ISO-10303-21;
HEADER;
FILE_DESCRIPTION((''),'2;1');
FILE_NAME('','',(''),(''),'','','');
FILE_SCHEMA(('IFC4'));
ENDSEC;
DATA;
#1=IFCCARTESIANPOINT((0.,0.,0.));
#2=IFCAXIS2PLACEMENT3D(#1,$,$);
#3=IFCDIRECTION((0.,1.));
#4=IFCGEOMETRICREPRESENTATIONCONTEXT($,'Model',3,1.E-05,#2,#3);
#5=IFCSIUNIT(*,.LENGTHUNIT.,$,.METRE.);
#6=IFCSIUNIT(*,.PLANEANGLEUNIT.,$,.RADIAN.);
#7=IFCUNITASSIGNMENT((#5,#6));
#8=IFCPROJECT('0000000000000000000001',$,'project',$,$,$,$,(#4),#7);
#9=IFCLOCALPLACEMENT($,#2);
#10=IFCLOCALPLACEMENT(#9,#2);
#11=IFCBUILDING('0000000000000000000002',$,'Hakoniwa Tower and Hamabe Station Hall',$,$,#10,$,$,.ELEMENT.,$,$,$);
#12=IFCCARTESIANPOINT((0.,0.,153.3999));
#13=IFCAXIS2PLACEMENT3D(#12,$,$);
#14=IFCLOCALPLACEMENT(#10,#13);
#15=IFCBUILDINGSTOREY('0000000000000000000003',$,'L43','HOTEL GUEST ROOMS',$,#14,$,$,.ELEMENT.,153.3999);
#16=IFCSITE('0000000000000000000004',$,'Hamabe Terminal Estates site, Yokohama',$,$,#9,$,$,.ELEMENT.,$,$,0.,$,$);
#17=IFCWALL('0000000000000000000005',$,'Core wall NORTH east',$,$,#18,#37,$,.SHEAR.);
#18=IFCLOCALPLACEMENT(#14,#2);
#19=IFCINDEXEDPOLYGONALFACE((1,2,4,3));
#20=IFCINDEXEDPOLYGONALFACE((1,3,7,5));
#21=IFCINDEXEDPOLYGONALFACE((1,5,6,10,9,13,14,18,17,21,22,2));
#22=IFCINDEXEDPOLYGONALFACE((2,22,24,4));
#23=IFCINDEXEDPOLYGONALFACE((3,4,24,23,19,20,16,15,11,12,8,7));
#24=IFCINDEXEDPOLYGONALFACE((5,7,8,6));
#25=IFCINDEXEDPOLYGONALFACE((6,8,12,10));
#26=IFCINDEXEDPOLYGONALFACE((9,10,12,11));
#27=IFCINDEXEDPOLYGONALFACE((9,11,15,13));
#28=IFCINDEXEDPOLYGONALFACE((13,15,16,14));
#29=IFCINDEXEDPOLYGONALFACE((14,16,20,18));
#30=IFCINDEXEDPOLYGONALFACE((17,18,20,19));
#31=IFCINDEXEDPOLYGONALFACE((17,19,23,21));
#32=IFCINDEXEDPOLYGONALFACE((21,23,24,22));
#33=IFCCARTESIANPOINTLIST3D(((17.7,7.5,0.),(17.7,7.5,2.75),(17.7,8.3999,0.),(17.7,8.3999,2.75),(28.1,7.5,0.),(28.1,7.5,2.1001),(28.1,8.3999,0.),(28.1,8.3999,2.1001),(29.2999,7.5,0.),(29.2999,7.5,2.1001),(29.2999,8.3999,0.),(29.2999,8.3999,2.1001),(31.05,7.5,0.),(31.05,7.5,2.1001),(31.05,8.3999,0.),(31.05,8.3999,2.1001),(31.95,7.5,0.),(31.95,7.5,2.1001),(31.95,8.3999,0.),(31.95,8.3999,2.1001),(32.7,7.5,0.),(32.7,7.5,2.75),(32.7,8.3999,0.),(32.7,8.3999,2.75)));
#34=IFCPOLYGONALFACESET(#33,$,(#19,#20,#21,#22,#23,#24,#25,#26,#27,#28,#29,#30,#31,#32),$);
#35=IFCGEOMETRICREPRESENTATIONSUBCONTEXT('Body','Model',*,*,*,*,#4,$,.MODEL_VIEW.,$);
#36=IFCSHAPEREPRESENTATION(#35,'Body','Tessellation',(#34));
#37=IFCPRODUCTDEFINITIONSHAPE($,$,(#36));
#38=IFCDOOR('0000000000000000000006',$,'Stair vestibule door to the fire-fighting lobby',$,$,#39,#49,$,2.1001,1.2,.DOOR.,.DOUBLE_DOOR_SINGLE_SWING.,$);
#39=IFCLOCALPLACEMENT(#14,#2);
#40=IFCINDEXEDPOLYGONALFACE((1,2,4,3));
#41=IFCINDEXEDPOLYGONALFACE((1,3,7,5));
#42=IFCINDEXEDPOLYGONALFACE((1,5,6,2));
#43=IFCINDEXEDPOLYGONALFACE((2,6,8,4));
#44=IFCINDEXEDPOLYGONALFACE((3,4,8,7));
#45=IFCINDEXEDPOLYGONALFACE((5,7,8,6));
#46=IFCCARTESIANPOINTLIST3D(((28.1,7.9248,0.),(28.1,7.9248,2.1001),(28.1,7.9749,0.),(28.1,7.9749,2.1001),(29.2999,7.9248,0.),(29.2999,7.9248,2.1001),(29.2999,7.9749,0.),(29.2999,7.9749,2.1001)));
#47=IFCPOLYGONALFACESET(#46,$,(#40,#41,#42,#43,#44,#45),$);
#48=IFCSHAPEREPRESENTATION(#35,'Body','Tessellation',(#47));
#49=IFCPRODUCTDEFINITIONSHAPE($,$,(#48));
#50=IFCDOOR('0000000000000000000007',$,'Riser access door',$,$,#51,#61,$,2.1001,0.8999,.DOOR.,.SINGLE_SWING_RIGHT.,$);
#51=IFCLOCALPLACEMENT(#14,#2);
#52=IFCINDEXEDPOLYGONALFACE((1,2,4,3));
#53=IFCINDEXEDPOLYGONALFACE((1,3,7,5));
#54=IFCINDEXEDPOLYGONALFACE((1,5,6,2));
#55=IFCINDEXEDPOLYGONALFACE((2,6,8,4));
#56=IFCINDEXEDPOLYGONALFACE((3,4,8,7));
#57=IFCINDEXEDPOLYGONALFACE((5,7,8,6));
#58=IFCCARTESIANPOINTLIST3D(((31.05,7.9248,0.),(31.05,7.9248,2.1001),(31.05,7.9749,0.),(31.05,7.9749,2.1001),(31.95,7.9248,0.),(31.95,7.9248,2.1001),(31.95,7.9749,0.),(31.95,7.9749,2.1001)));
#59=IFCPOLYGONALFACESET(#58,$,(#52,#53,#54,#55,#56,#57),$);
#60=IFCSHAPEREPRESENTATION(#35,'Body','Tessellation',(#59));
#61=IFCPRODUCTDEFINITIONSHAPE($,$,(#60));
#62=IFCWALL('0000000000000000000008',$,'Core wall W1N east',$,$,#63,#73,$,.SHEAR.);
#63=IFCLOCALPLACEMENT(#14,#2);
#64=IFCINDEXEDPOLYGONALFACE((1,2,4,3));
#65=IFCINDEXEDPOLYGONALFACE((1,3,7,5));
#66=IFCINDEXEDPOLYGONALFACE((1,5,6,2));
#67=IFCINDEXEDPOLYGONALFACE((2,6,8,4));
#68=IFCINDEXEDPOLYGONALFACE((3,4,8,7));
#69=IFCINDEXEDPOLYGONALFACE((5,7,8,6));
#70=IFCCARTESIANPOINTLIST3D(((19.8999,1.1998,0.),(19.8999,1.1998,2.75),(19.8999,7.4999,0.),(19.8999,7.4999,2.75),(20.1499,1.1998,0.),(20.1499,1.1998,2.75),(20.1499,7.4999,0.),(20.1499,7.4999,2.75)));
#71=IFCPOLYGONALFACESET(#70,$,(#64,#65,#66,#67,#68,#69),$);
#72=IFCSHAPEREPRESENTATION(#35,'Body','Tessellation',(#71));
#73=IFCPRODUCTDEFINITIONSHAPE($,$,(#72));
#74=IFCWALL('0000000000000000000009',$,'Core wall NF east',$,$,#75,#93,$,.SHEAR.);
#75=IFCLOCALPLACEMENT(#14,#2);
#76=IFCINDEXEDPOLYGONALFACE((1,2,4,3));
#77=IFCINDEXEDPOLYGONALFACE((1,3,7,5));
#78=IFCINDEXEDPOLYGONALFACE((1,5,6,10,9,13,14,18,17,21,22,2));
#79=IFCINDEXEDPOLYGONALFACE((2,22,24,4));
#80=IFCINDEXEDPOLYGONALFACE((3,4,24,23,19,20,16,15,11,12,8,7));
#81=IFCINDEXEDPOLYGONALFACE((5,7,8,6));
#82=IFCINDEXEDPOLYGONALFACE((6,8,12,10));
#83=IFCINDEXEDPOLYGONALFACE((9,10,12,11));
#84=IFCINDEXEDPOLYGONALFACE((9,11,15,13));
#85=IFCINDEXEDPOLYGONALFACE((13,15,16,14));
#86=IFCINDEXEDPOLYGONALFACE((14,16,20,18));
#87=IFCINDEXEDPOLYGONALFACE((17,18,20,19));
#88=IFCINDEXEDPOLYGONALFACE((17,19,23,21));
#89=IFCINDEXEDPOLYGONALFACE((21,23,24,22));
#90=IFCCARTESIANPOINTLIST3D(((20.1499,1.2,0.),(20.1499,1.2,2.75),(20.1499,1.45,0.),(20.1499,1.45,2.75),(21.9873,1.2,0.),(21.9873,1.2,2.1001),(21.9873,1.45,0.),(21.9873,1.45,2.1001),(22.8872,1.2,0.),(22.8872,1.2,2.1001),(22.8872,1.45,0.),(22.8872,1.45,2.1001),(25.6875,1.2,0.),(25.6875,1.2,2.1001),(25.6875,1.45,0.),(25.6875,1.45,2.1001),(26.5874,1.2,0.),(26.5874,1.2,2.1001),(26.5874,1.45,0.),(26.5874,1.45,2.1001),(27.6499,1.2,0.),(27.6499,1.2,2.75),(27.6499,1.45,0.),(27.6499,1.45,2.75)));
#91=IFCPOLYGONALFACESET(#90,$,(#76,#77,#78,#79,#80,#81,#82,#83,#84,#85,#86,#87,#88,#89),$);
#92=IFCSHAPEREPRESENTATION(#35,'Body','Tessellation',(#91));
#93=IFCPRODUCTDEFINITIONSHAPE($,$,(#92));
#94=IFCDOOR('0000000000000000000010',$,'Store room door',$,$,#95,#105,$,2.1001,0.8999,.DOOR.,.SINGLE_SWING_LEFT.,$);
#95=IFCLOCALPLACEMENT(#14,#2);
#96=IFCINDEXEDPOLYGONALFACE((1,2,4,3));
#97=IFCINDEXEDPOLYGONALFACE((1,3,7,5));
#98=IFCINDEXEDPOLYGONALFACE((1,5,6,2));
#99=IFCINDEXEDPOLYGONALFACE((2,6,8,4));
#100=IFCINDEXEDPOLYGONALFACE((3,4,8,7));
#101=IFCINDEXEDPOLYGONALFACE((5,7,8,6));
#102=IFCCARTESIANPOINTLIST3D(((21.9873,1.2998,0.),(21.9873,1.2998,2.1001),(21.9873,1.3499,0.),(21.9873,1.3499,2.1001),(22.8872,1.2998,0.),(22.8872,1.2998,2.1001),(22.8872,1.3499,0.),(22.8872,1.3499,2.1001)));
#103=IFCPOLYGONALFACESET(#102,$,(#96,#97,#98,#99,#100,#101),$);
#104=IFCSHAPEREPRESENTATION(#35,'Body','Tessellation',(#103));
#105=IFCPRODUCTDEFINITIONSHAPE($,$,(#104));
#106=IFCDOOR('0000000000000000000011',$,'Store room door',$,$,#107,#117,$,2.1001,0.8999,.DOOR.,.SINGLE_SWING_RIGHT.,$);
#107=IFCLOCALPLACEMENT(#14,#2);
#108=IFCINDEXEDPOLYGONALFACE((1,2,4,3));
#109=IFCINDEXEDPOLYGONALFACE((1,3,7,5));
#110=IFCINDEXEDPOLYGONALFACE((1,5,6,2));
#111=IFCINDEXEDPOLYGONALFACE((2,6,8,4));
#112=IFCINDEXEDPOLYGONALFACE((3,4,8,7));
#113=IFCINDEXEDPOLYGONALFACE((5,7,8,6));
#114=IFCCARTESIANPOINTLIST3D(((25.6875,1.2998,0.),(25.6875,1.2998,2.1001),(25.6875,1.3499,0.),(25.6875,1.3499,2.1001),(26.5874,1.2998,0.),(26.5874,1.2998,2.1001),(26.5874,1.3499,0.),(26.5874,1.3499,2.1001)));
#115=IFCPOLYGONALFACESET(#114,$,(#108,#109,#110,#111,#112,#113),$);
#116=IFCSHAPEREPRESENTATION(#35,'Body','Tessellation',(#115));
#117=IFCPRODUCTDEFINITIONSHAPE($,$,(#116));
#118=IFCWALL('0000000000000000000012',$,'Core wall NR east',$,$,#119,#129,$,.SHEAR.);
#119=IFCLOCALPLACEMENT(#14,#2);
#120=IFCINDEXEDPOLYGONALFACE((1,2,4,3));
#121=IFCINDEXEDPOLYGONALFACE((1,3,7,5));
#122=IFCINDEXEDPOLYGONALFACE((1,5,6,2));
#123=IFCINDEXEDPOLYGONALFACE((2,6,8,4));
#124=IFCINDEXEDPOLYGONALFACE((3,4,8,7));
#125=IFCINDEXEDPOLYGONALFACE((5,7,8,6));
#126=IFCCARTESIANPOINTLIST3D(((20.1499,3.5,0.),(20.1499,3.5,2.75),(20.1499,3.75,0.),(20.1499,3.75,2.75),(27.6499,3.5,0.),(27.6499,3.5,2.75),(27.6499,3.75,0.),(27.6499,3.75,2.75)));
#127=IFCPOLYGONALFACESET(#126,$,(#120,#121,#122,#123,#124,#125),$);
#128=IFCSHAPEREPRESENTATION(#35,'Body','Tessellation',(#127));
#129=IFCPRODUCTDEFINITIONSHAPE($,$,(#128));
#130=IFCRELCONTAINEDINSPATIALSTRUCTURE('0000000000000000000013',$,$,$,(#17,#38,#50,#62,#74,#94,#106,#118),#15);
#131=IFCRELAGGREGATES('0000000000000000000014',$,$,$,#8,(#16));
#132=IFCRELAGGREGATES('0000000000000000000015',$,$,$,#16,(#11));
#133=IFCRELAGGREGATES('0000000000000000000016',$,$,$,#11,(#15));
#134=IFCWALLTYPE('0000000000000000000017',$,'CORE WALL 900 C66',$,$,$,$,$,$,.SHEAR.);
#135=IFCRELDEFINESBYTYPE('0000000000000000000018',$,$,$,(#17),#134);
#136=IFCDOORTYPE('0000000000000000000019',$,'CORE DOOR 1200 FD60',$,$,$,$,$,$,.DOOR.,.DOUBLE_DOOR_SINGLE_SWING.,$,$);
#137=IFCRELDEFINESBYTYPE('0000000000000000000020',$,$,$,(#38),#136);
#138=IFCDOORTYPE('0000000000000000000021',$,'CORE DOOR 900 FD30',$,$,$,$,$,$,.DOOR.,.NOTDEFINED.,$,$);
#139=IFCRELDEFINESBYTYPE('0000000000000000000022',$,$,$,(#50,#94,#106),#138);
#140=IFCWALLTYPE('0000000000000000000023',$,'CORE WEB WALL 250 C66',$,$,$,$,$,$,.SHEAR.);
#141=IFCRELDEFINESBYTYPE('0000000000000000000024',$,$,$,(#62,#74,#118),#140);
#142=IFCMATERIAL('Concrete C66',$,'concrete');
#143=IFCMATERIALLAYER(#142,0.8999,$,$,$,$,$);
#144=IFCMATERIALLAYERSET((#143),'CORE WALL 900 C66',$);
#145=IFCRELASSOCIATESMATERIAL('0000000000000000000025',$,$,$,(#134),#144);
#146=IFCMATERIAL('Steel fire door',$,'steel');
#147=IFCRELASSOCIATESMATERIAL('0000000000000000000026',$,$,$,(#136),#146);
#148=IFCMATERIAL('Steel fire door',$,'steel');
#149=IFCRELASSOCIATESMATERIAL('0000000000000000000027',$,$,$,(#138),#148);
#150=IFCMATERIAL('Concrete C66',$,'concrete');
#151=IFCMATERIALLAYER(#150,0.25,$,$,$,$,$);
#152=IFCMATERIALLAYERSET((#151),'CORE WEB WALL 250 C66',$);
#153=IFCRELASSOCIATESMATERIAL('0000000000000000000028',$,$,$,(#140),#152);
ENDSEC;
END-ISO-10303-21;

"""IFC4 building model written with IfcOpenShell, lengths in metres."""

from ifc_helpers import new_model, si_unit, direction, frame, frame_2d, origin, place, context, subcontext, project, spatial, rectangle, extrude, material, layer, layer_set, type_object, element, fill, save


model = new_model("IFC4")

# Units and contexts
model_context = context("Model", 3, precision=1e-05, world=origin(), true_north=direction((0.0, 1.0)))
body_context = subcontext(model_context, "Body", "Model", "MODEL_VIEW")
ifc_project = project(units=[si_unit("LENGTHUNIT", "METRE"), si_unit("PLANEANGLEUNIT", "RADIAN")], contexts=[model_context])

# Site, building, storey
site_placement = place(None, origin())
site = spatial("IfcSite", under=ifc_project, at=site_placement, Name="Hamabe Terminal Estates site, Yokohama", CompositionType="ELEMENT", RefElevation=0.0)
building_placement = place(site_placement, origin())
building = spatial("IfcBuilding", under=site, at=building_placement, Name="Hakoniwa Tower and Hamabe Station Hall", CompositionType="ELEMENT")
storey_placement = place(building_placement, frame((0.0, 0.0, 153.3999)))
storey = spatial("IfcBuildingStorey", under=building, at=storey_placement, Name="L43", Description="HOTEL GUEST ROOMS", CompositionType="ELEMENT", Elevation=153.3999)

# Wall, openings, doors
ifc_material_1 = material(Name="Concrete C66", Category="concrete")
ifc_layer_1 = layer(ifc_material_1, 0.8999)
ifc_layer_set_1 = layer_set([ifc_layer_1], Name="CORE WALL 900 C66")
wall_type_1 = type_object("IfcWallType", Name="CORE WALL 900 C66", PredefinedType="SHEAR", material=ifc_layer_set_1)
wall_1_placement = place(storey_placement, frame((17.7, 7.95, 0.0), z_axis=(0.0, 0.0, 1.0), x_axis=(1.0, 0.0, 0.0)))
wall_1 = element("IfcWall", 1, at=wall_1_placement, inside=storey, type_object=wall_type_1, Name="Core wall NORTH east", PredefinedType="SHEAR", context=body_context, shape_type="SweptSolid", body=[
    extrude(rectangle(XDim=15.0, YDim=0.8999, at=frame_2d((7.5, 0.0))), origin(), (0.0, 0.0, 1.0), 2.75),
])
opening_1_placement = place(wall_1_placement, frame((10.3999, 0.0, 0.0)))
opening_1 = element("IfcOpeningElement", 2, at=opening_1_placement, cuts=wall_1, PredefinedType="OPENING", context=body_context, shape_type="SweptSolid", body=[
    extrude(rectangle(XDim=1.2, YDim=2.1001, at=frame_2d((0.6001, 1.05))), frame((0.0, 0.46, 0.0), z_axis=(0.0, -1.0, 0.0), x_axis=(1.0, 0.0, 0.0)), (0.0, 0.0, 1.0), 0.9199),
])
opening_2_placement = place(wall_1_placement, frame((13.3501, 0.0, 0.0)))
opening_2 = element("IfcOpeningElement", 3, at=opening_2_placement, cuts=wall_1, PredefinedType="OPENING", context=body_context, shape_type="SweptSolid", body=[
    extrude(rectangle(XDim=0.8999, YDim=2.1001, at=frame_2d((0.45, 1.05))), frame((0.0, 0.46, 0.0), z_axis=(0.0, -1.0, 0.0), x_axis=(1.0, 0.0, 0.0)), (0.0, 0.0, 1.0), 0.9199),
])
ifc_material_2 = material(Name="Steel fire door", Category="steel")
door_type_1 = type_object("IfcDoorType", Name="CORE DOOR 1200 FD60", OperationType="DOUBLE_DOOR_SINGLE_SWING", PredefinedType="DOOR", material=ifc_material_2)
door_1_placement = place(opening_1_placement, origin())
door_1 = element("IfcDoor", 4, at=door_1_placement, inside=storey, type_object=door_type_1, Name="Stair vestibule door to the fire-fighting lobby", OperationType="DOUBLE_DOOR_SINGLE_SWING", OverallHeight=2.1001, OverallWidth=1.2, PredefinedType="DOOR", context=body_context, shape_type="SweptSolid", body=[
    extrude(rectangle(XDim=1.2, YDim=2.1001, at=frame_2d((0.6001, 1.05))), frame((0.0, 0.0249, 0.0), z_axis=(0.0, -1.0, 0.0), x_axis=(1.0, 0.0, 0.0)), (0.0, 0.0, 1.0), 0.05),
])
fill(opening_1, door_1)
ifc_material_3 = material(Name="Steel fire door", Category="steel")
door_type_2 = type_object("IfcDoorType", Name="CORE DOOR 900 FD30", OperationType="NOTDEFINED", PredefinedType="DOOR", material=ifc_material_3)
door_2_placement = place(opening_2_placement, origin())
door_2 = element("IfcDoor", 5, at=door_2_placement, inside=storey, type_object=door_type_2, Name="Riser access door", OperationType="SINGLE_SWING_RIGHT", OverallHeight=2.1001, OverallWidth=0.8999, PredefinedType="DOOR", context=body_context, shape_type="SweptSolid", body=[
    extrude(rectangle(XDim=0.8999, YDim=2.1001, at=frame_2d((0.45, 1.05))), frame((0.0, 0.0249, 0.0), z_axis=(0.0, -1.0, 0.0), x_axis=(1.0, 0.0, 0.0)), (0.0, 0.0, 1.0), 0.05),
])
fill(opening_2, door_2)

# Wall
ifc_material_4 = material(Name="Concrete C66", Category="concrete")
ifc_layer_2 = layer(ifc_material_4, 0.25)
ifc_layer_set_2 = layer_set([ifc_layer_2], Name="CORE WEB WALL 250 C66")
wall_type_2 = type_object("IfcWallType", Name="CORE WEB WALL 250 C66", PredefinedType="SHEAR", material=ifc_layer_set_2)
wall_2_placement = place(storey_placement, frame((20.0249, 1.2, 0.0), z_axis=(0.0, 0.0, 1.0), x_axis=(0.0, 1.0, 0.0)))
element("IfcWall", 6, at=wall_2_placement, inside=storey, type_object=wall_type_2, Name="Core wall W1N east", PredefinedType="SHEAR", context=body_context, shape_type="SweptSolid", body=[
    extrude(rectangle(XDim=6.3, YDim=0.25, at=frame_2d((3.1499, 0.0))), origin(), (0.0, 0.0, 1.0), 2.75),
])

# Wall, openings, doors
wall_3_placement = place(storey_placement, frame((20.1499, 1.325, 0.0), z_axis=(0.0, 0.0, 1.0), x_axis=(1.0, 0.0, 0.0)))
wall_3 = element("IfcWall", 7, at=wall_3_placement, inside=storey, type_object=wall_type_2, Name="Core wall NF east", PredefinedType="SHEAR", context=body_context, shape_type="SweptSolid", body=[
    extrude(rectangle(XDim=7.5, YDim=0.25, at=frame_2d((3.75, 0.0))), origin(), (0.0, 0.0, 1.0), 2.75),
])
opening_3_placement = place(wall_3_placement, frame((1.8374, 0.0, 0.0)))
opening_3 = element("IfcOpeningElement", 8, at=opening_3_placement, cuts=wall_3, PredefinedType="OPENING", context=body_context, shape_type="SweptSolid", body=[
    extrude(rectangle(XDim=0.8999, YDim=2.1001, at=frame_2d((0.45, 1.05))), frame((0.0, 0.135, 0.0), z_axis=(0.0, -1.0, 0.0), x_axis=(1.0, 0.0, 0.0)), (0.0, 0.0, 1.0), 0.27),
])
opening_4_placement = place(wall_3_placement, frame((5.5376, 0.0, 0.0)))
opening_4 = element("IfcOpeningElement", 9, at=opening_4_placement, cuts=wall_3, PredefinedType="OPENING", context=body_context, shape_type="SweptSolid", body=[
    extrude(rectangle(XDim=0.8999, YDim=2.1001, at=frame_2d((0.45, 1.05))), frame((0.0, 0.135, 0.0), z_axis=(0.0, -1.0, 0.0), x_axis=(1.0, 0.0, 0.0)), (0.0, 0.0, 1.0), 0.27),
])
door_3_placement = place(opening_3_placement, origin())
door_3 = element("IfcDoor", 10, at=door_3_placement, inside=storey, type_object=door_type_2, Name="Store room door", OperationType="SINGLE_SWING_LEFT", OverallHeight=2.1001, OverallWidth=0.8999, PredefinedType="DOOR", context=body_context, shape_type="SweptSolid", body=[
    extrude(rectangle(XDim=0.8999, YDim=2.1001, at=frame_2d((0.45, 1.05))), frame((0.0, 0.0249, 0.0), z_axis=(0.0, -1.0, 0.0), x_axis=(1.0, 0.0, 0.0)), (0.0, 0.0, 1.0), 0.05),
])
fill(opening_3, door_3)
door_4_placement = place(opening_4_placement, origin())
door_4 = element("IfcDoor", 11, at=door_4_placement, inside=storey, type_object=door_type_2, Name="Store room door", OperationType="SINGLE_SWING_RIGHT", OverallHeight=2.1001, OverallWidth=0.8999, PredefinedType="DOOR", context=body_context, shape_type="SweptSolid", body=[
    extrude(rectangle(XDim=0.8999, YDim=2.1001, at=frame_2d((0.45, 1.05))), frame((0.0, 0.0249, 0.0), z_axis=(0.0, -1.0, 0.0), x_axis=(1.0, 0.0, 0.0)), (0.0, 0.0, 1.0), 0.05),
])
fill(opening_4, door_4)

# Wall
wall_4_placement = place(storey_placement, frame((20.1499, 3.625, 0.0), z_axis=(0.0, 0.0, 1.0), x_axis=(1.0, 0.0, 0.0)))
element("IfcWall", 12, at=wall_4_placement, inside=storey, type_object=wall_type_2, Name="Core wall NR east", PredefinedType="SHEAR", context=body_context, shape_type="SweptSolid", body=[
    extrude(rectangle(XDim=7.5, YDim=0.25, at=frame_2d((3.75, 0.0))), origin(), (0.0, 0.0, 1.0), 2.75),
])

save(model, "model.ifc")
